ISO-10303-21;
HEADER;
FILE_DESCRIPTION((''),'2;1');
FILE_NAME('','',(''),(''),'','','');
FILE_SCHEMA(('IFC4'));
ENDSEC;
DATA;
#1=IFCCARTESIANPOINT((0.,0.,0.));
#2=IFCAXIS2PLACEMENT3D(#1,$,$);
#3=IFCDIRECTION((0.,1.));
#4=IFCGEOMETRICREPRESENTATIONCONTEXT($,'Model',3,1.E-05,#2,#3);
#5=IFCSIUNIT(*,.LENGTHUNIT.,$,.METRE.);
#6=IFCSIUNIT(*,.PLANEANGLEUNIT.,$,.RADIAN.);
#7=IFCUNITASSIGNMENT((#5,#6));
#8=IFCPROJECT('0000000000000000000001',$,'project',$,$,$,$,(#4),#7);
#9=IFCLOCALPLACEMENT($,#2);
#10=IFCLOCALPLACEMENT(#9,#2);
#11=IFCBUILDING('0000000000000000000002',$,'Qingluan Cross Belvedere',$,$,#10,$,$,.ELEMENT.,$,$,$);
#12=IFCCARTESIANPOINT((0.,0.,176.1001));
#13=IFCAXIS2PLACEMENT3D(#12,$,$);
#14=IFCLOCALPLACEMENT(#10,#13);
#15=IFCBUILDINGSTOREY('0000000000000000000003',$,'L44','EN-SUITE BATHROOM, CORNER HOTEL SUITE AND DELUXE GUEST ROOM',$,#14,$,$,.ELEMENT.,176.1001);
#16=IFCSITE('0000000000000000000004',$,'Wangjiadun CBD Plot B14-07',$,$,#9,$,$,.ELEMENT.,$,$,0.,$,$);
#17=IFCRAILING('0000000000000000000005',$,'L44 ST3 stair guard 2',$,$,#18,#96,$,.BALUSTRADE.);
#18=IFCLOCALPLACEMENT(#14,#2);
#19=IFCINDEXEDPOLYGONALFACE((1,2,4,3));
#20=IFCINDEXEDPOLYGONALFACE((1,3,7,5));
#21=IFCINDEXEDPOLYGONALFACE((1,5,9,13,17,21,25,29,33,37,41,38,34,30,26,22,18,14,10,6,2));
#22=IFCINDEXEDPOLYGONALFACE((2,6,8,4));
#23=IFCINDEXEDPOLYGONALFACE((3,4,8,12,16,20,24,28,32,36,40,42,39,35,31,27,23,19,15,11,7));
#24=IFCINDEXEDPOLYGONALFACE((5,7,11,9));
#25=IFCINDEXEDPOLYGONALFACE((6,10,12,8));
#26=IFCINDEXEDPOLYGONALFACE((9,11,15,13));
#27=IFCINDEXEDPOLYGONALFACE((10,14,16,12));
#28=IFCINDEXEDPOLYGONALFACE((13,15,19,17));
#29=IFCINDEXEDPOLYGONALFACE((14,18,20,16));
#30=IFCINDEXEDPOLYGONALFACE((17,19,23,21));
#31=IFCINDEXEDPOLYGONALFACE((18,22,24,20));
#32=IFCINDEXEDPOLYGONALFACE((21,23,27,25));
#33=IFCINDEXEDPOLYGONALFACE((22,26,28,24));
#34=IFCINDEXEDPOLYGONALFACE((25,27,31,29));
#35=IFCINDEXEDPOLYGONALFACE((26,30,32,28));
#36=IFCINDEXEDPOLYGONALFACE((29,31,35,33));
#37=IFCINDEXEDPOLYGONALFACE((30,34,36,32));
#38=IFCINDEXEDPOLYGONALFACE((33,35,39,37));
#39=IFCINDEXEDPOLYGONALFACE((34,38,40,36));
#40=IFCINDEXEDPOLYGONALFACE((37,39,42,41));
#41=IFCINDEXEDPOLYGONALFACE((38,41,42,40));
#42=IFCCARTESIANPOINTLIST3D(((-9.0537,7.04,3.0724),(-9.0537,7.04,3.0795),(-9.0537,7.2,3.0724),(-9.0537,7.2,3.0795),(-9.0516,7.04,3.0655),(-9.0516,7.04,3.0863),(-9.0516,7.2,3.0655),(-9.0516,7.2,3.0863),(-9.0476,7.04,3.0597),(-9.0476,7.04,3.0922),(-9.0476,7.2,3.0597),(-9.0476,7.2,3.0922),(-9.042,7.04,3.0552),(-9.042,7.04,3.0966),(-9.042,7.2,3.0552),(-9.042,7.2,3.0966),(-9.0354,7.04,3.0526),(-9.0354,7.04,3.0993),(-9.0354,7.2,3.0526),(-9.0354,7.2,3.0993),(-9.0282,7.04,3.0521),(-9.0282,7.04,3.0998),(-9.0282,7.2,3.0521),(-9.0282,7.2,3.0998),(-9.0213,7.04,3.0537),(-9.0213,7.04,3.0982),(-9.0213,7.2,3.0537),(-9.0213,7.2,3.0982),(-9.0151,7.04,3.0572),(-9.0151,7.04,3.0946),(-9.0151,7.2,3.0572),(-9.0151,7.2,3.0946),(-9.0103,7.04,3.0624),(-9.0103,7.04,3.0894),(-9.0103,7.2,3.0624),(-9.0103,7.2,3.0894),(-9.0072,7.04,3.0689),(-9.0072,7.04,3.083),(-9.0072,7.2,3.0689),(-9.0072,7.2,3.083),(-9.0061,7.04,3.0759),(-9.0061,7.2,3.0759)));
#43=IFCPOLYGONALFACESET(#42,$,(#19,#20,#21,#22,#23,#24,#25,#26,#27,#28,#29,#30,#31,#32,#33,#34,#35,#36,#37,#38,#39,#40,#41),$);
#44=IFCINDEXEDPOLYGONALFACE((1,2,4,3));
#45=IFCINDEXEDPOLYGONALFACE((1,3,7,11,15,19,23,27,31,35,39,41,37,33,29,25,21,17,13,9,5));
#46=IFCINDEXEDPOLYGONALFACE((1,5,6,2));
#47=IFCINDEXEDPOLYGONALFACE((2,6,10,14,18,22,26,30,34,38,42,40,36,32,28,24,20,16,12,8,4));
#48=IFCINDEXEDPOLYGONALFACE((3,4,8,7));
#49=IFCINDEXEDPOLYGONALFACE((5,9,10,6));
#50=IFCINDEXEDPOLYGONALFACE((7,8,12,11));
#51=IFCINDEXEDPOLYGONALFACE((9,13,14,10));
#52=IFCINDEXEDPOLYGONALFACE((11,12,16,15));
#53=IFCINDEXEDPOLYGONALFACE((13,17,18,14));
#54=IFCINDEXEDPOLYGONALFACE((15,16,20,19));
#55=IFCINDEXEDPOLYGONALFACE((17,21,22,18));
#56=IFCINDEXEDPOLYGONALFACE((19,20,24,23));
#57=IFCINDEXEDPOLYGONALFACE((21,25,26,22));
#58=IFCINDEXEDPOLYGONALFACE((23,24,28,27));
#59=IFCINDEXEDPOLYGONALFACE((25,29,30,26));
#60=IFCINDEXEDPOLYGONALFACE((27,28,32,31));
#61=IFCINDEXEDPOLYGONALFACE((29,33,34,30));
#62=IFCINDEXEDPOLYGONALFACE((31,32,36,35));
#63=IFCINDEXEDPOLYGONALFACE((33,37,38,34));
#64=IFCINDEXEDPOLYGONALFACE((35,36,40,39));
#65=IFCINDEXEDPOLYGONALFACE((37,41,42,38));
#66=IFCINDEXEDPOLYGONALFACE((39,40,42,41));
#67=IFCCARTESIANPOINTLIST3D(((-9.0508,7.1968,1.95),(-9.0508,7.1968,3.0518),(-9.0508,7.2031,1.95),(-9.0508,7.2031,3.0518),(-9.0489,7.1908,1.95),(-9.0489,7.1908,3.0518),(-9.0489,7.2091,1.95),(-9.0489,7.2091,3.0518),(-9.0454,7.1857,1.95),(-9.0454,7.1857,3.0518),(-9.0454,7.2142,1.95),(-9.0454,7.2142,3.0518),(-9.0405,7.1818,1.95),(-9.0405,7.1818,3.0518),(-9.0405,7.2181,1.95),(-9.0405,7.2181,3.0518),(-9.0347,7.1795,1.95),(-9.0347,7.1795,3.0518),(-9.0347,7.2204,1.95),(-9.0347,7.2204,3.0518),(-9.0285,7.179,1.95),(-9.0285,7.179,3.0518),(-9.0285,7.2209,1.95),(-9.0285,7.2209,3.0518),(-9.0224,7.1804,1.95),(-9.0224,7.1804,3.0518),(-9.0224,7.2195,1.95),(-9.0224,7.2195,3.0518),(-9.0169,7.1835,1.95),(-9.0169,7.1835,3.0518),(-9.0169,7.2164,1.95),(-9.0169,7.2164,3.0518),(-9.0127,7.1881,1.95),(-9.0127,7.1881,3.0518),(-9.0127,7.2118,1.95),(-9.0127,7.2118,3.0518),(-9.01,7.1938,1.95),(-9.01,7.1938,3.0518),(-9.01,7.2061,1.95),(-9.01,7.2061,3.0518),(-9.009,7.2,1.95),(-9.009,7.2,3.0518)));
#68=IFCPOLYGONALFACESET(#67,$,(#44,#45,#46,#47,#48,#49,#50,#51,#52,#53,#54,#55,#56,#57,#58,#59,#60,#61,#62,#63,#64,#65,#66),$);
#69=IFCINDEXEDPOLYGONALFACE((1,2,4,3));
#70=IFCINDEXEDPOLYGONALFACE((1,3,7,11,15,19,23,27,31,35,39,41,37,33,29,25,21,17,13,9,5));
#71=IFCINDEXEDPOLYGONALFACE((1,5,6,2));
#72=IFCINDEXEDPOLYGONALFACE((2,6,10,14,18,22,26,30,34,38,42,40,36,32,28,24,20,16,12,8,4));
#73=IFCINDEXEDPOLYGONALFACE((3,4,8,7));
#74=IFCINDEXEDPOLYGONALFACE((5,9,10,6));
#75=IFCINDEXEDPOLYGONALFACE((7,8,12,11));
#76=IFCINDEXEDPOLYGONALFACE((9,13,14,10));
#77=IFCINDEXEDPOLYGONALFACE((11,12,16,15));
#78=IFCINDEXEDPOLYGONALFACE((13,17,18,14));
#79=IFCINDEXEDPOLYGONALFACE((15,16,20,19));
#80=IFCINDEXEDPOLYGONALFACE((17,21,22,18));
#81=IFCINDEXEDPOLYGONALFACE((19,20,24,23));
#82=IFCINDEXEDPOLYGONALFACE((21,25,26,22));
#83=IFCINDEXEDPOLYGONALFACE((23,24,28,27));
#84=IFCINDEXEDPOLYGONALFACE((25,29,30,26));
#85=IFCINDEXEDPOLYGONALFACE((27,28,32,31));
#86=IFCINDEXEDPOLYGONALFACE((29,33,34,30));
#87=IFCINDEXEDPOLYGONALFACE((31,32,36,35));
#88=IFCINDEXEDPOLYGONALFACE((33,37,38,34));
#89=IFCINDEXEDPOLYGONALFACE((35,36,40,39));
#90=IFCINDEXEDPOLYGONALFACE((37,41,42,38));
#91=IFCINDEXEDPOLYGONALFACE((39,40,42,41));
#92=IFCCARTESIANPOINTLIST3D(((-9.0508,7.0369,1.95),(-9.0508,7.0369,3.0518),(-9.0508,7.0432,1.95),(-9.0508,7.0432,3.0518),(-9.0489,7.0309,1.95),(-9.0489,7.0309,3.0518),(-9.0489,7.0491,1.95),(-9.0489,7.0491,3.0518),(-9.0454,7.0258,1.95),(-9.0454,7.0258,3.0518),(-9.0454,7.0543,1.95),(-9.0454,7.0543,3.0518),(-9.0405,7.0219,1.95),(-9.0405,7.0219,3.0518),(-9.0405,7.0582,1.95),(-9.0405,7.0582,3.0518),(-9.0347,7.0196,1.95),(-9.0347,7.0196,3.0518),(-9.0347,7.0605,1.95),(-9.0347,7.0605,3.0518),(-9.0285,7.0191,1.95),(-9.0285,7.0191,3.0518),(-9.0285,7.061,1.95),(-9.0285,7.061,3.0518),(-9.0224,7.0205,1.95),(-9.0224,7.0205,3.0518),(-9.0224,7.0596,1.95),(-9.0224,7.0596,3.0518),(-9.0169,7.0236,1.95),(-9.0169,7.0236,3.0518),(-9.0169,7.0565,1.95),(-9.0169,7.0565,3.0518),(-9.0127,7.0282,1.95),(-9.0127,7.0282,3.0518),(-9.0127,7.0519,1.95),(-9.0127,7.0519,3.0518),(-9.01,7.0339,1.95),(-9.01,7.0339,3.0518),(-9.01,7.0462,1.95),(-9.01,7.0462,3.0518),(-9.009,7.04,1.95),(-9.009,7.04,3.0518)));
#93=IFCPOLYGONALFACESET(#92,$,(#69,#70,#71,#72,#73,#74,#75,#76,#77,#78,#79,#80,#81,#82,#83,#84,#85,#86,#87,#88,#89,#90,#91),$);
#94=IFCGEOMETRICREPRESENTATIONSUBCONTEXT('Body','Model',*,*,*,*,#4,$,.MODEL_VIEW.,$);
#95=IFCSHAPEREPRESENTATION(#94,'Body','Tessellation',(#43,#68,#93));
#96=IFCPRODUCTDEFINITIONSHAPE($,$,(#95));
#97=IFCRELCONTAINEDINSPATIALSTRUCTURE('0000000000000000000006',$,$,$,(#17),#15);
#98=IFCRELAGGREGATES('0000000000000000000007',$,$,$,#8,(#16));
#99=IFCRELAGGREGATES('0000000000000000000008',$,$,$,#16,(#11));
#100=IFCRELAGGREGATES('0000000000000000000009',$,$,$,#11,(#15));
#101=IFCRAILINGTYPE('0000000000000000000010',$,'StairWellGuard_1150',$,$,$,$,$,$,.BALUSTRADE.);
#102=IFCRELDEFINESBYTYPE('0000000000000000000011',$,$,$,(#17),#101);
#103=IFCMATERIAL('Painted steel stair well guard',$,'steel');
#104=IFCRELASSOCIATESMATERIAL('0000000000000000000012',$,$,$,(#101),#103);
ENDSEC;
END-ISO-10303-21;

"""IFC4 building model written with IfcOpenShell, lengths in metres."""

from ifc_helpers import new_model, si_unit, direction, frame, origin, origin_2d, place, context, subcontext, project, spatial, circle, extrude, material, type_object, element, save


model = new_model("IFC4")

# Units and contexts
model_context = context("Model", 3, precision=1e-05, world=origin(), true_north=direction((0.0, 1.0)))
body_context = subcontext(model_context, "Body", "Model", "MODEL_VIEW")
ifc_project = project(units=[si_unit("LENGTHUNIT", "METRE"), si_unit("PLANEANGLEUNIT", "RADIAN")], contexts=[model_context])

# Site, building, storey
site_placement = place(None, origin())
site = spatial("IfcSite", under=ifc_project, at=site_placement, Name="Wangjiadun CBD Plot B14-07", CompositionType="ELEMENT", RefElevation=0.0)
building_placement = place(site_placement, origin())
building = spatial("IfcBuilding", under=site, at=building_placement, Name="Qingluan Cross Belvedere", CompositionType="ELEMENT")
storey_placement = place(building_placement, frame((0.0, 0.0, 176.1001)))
storey = spatial("IfcBuildingStorey", under=building, at=storey_placement, Name="L44", Description="EN-SUITE BATHROOM, CORNER HOTEL SUITE AND DELUXE GUEST ROOM", CompositionType="ELEMENT", Elevation=176.1001)

# Railing
ifc_material_1 = material(Name="Painted steel stair well guard", Category="steel")
railing_type_1 = type_object("IfcRailingType", Name="StairWellGuard_1150", PredefinedType="BALUSTRADE", material=ifc_material_1)
railing_1_placement = place(storey_placement, frame((-9.03, 7.2, 1.95)))
element("IfcRailing", 1, at=railing_1_placement, inside=storey, type_object=railing_type_1, Name="L44 ST3 stair guard 2", PredefinedType="BALUSTRADE", context=body_context, shape_type="SweptSolid", body=[
    extrude(circle(Radius=0.0239, at=origin_2d()), frame((0.0, 0.0, 1.126), z_axis=(0.0, -1.0, 0.0), x_axis=(1.0, 0.0, 0.0)), (0.0, 0.0, 1.0), 0.1599),
    extrude(circle(Radius=0.021, at=origin_2d()), origin(), (0.0, 0.0, 1.0), 1.1018),
    extrude(circle(Radius=0.021, at=origin_2d()), frame((0.0, -0.1599, 0.0)), (0.0, 0.0, 1.0), 1.1018),
])

save(model, "model.ifc")
